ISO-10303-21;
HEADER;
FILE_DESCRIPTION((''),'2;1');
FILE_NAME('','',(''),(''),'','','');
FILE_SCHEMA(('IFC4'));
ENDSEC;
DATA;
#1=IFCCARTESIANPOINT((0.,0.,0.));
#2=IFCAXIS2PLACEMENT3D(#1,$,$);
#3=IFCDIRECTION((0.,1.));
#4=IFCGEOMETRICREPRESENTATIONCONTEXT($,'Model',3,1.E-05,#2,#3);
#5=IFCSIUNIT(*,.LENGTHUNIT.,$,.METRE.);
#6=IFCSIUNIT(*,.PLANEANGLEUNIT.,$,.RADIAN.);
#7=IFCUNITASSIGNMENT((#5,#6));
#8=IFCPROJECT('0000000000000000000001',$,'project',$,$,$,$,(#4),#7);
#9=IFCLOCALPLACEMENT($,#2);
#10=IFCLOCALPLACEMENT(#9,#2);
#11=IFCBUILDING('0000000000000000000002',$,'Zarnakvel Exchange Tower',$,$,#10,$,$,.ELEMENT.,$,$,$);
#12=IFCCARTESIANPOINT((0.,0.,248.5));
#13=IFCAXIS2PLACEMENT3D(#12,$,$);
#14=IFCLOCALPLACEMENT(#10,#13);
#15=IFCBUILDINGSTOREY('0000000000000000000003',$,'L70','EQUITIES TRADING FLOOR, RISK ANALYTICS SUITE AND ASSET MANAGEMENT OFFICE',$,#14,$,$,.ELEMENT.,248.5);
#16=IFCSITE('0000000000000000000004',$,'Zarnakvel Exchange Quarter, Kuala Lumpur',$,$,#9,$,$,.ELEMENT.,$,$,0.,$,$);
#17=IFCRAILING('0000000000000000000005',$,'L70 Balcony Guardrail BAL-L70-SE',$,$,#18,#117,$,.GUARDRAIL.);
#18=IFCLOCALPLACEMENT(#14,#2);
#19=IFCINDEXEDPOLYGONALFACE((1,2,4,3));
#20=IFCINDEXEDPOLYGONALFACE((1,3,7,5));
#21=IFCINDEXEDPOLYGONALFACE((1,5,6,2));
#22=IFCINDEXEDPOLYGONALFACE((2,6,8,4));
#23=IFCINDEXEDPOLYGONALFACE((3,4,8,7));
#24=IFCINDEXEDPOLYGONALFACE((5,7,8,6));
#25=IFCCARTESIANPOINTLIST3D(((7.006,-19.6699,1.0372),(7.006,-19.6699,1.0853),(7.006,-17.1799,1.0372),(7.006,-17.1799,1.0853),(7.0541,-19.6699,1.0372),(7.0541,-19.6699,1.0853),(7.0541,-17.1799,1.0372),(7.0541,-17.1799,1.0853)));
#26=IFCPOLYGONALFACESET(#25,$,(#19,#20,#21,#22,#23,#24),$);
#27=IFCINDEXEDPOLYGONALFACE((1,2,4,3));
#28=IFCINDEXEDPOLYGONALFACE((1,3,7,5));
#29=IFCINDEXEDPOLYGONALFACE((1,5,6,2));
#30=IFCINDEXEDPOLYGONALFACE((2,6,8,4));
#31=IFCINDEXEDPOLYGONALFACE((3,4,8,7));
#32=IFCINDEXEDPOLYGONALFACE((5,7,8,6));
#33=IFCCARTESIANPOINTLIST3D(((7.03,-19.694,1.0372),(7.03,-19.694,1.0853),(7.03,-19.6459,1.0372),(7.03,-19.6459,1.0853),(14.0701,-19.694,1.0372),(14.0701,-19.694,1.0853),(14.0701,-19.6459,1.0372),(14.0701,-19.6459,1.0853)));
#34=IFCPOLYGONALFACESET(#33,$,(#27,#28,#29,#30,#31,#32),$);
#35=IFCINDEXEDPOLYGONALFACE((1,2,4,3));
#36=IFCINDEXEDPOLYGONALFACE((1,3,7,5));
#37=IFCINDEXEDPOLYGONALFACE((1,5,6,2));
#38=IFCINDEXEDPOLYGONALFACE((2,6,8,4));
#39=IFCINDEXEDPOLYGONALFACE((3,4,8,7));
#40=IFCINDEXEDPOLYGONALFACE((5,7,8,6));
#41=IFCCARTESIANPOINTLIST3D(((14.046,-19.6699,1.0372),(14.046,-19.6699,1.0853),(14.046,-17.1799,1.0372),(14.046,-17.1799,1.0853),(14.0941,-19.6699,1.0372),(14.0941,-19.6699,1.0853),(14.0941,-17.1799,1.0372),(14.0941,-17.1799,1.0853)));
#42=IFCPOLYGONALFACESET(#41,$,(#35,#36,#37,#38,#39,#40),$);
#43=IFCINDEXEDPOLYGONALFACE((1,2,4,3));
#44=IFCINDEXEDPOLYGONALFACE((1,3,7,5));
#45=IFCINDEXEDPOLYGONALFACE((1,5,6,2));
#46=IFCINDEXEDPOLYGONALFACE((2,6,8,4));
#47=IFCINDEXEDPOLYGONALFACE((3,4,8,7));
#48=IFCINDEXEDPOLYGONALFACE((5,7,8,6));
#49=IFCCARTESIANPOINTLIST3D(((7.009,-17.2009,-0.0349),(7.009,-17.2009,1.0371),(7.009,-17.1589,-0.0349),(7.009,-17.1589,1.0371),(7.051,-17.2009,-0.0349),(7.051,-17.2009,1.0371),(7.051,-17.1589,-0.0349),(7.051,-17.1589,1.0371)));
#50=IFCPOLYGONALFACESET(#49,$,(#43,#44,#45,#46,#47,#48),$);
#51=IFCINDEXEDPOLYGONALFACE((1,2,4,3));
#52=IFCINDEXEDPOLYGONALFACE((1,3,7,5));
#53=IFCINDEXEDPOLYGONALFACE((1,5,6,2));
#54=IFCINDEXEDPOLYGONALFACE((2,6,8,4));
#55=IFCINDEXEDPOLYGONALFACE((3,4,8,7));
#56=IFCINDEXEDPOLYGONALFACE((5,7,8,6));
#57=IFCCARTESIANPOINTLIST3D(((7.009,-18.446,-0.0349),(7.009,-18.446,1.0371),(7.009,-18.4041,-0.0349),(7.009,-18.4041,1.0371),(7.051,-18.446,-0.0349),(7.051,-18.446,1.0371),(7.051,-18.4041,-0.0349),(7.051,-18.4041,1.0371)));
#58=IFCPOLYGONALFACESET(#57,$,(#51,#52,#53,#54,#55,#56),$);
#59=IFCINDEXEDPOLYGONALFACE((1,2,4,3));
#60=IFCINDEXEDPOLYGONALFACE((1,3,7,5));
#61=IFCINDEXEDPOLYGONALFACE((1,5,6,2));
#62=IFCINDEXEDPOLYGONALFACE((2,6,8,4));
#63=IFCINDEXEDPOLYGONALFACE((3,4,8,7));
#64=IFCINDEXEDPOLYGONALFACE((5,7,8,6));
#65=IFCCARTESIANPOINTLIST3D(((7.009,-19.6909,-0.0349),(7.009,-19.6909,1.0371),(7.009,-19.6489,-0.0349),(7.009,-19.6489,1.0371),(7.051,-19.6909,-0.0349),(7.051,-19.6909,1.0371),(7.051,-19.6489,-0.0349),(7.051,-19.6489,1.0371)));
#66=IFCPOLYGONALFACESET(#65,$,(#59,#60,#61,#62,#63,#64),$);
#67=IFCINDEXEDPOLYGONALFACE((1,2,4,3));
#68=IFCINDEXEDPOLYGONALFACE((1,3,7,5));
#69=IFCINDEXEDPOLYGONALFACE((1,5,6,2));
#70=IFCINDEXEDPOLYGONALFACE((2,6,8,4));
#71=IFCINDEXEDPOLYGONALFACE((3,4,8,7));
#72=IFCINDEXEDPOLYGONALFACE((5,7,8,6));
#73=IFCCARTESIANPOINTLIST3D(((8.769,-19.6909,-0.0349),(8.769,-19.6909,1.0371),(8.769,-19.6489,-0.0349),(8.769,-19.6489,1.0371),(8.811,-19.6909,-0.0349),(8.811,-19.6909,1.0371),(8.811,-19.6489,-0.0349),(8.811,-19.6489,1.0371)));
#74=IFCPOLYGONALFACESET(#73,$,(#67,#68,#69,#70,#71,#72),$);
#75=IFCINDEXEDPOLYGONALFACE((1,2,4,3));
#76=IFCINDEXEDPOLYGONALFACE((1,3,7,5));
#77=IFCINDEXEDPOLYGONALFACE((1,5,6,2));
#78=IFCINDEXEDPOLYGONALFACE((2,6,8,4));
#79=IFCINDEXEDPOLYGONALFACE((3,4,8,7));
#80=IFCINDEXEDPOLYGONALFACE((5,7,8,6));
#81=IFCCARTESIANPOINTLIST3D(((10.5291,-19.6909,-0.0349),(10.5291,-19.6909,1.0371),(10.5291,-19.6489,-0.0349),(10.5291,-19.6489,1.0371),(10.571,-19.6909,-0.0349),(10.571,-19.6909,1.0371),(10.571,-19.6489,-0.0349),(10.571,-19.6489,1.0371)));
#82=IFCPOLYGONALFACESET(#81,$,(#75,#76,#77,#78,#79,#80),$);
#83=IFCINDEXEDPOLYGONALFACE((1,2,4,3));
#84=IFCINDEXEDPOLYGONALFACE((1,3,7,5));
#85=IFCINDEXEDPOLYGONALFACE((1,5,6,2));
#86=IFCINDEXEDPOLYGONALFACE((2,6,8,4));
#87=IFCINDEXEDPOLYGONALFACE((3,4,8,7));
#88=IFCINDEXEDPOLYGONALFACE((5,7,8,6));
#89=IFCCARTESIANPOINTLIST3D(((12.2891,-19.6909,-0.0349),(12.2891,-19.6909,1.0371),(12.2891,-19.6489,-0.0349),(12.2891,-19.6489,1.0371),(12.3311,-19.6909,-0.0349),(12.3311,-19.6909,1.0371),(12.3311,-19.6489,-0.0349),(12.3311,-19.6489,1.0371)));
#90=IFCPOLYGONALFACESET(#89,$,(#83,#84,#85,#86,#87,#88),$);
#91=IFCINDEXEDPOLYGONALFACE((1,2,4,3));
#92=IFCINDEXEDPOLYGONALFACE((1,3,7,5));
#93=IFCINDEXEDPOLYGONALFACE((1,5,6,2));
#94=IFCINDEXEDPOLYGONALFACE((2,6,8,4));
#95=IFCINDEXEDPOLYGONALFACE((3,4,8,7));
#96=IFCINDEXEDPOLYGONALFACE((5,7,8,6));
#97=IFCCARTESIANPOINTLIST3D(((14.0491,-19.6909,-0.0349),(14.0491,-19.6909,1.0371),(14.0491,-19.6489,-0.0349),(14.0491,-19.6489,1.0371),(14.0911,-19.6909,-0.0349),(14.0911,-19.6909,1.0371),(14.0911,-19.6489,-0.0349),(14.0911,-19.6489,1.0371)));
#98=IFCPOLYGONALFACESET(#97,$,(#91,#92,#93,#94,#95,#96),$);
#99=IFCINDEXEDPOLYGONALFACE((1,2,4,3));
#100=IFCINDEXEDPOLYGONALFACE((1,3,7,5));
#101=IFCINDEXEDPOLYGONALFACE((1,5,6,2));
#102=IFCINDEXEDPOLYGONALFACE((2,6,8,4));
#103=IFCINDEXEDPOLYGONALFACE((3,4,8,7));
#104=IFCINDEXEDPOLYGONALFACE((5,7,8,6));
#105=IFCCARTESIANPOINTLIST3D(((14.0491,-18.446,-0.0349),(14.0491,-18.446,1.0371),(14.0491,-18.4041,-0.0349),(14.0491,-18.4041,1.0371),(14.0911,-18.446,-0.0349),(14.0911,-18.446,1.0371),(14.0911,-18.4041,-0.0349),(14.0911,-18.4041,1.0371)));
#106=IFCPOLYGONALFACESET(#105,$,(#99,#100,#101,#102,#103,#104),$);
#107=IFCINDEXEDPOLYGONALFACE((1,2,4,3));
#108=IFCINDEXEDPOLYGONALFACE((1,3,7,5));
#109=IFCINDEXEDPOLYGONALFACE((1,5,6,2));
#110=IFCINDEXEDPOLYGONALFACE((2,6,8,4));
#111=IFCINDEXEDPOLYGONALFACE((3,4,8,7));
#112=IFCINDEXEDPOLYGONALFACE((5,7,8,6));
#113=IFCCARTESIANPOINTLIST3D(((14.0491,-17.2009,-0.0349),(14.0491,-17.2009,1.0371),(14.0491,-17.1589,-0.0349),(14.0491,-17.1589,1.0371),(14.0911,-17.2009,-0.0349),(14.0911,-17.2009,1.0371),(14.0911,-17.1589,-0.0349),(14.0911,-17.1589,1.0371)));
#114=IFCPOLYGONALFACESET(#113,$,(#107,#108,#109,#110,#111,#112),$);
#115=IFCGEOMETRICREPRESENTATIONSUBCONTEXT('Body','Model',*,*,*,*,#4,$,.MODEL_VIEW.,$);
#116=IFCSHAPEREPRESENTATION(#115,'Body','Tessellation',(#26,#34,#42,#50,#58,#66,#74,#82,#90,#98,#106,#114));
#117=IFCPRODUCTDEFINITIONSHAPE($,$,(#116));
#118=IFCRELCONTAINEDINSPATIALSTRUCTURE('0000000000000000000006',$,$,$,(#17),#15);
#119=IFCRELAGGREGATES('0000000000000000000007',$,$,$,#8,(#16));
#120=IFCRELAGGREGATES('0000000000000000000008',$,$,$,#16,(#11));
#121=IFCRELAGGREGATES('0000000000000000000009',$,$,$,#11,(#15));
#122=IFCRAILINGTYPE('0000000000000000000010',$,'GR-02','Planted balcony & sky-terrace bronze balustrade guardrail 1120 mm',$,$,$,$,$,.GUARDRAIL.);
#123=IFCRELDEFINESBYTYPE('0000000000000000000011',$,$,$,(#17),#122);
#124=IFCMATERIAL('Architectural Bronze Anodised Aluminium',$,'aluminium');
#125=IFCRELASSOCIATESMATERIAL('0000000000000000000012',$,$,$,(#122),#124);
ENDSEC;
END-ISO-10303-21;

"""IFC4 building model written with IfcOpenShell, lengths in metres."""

from ifc_helpers import new_model, si_unit, direction, frame, origin, origin_2d, place, context, subcontext, project, spatial, rectangle, extrude, material, type_object, element, save


model = new_model("IFC4")

# Units and contexts
model_context = context("Model", 3, precision=1e-05, world=origin(), true_north=direction((0.0, 1.0)))
body_context = subcontext(model_context, "Body", "Model", "MODEL_VIEW")
ifc_project = project(units=[si_unit("LENGTHUNIT", "METRE"), si_unit("PLANEANGLEUNIT", "RADIAN")], contexts=[model_context])

# Site, building, storey
site_placement = place(None, origin())
site = spatial("IfcSite", under=ifc_project, at=site_placement, Name="Zarnakvel Exchange Quarter, Kuala Lumpur", CompositionType="ELEMENT", RefElevation=0.0)
building_placement = place(site_placement, origin())
building = spatial("IfcBuilding", under=site, at=building_placement, Name="Zarnakvel Exchange Tower", CompositionType="ELEMENT")
storey_placement = place(building_placement, frame((0.0, 0.0, 248.5)))
storey = spatial("IfcBuildingStorey", under=building, at=storey_placement, Name="L70", Description="EQUITIES TRADING FLOOR, RISK ANALYTICS SUITE AND ASSET MANAGEMENT OFFICE", CompositionType="ELEMENT", Elevation=248.5)

# Shared definitions
ifc_material_1 = material(Name="Architectural Bronze Anodised Aluminium", Category="aluminium")

# Railing
railing_type = type_object("IfcRailingType", Name="GR-02", Description="Planted balcony & sky-terrace bronze balustrade guardrail 1120 mm", PredefinedType="GUARDRAIL", material=ifc_material_1)
railing_placement = place(storey_placement, frame((7.03, -17.1799, -0.0349)))
element("IfcRailing", 1, at=railing_placement, inside=storey, type_object=railing_type, Name="L70 Balcony Guardrail BAL-L70-SE", PredefinedType="GUARDRAIL", context=body_context, shape_type="SweptSolid", body=[
    extrude(rectangle(XDim=0.0481, YDim=0.0481, at=origin_2d()), frame((0.0, 0.0, 1.0962), z_axis=(0.0, -1.0, 0.0), x_axis=(1.0, 0.0, 0.0)), (0.0, 0.0, 1.0), 2.49),
    extrude(rectangle(XDim=0.0481, YDim=0.0481, at=origin_2d()), frame((0.0, -2.49, 1.0962), z_axis=(1.0, 0.0, 0.0), x_axis=(0.0, 1.0, 0.0)), (0.0, 0.0, 1.0), 7.04),
    extrude(rectangle(XDim=0.0481, YDim=0.0481, at=origin_2d()), frame((7.04, -2.49, 1.0962), z_axis=(0.0, 1.0, 0.0), x_axis=(-1.0, 0.0, 0.0)), (0.0, 0.0, 1.0), 2.49),
    extrude(rectangle(XDim=0.042, YDim=0.042, at=origin_2d()), origin(), (0.0, 0.0, 1.0), 1.072),
    extrude(rectangle(XDim=0.042, YDim=0.042, at=origin_2d()), frame((0.0, -1.2451, 0.0)), (0.0, 0.0, 1.0), 1.072),
    extrude(rectangle(XDim=0.042, YDim=0.042, at=origin_2d()), frame((0.0, -2.49, 0.0)), (0.0, 0.0, 1.0), 1.072),
    extrude(rectangle(XDim=0.042, YDim=0.042, at=origin_2d()), frame((1.76, -2.49, 0.0)), (0.0, 0.0, 1.0), 1.072),
    extrude(rectangle(XDim=0.042, YDim=0.042, at=origin_2d()), frame((3.52, -2.49, 0.0)), (0.0, 0.0, 1.0), 1.072),
    extrude(rectangle(XDim=0.042, YDim=0.042, at=origin_2d()), frame((5.28, -2.49, 0.0)), (0.0, 0.0, 1.0), 1.072),
    extrude(rectangle(XDim=0.042, YDim=0.042, at=origin_2d()), frame((7.04, -2.49, 0.0)), (0.0, 0.0, 1.0), 1.072),
    extrude(rectangle(XDim=0.042, YDim=0.042, at=origin_2d()), frame((7.04, -1.2451, 0.0)), (0.0, 0.0, 1.0), 1.072),
    extrude(rectangle(XDim=0.042, YDim=0.042, at=origin_2d()), frame((7.04, 0.0, 0.0)), (0.0, 0.0, 1.0), 1.072),
])

save(model, "model.ifc")
